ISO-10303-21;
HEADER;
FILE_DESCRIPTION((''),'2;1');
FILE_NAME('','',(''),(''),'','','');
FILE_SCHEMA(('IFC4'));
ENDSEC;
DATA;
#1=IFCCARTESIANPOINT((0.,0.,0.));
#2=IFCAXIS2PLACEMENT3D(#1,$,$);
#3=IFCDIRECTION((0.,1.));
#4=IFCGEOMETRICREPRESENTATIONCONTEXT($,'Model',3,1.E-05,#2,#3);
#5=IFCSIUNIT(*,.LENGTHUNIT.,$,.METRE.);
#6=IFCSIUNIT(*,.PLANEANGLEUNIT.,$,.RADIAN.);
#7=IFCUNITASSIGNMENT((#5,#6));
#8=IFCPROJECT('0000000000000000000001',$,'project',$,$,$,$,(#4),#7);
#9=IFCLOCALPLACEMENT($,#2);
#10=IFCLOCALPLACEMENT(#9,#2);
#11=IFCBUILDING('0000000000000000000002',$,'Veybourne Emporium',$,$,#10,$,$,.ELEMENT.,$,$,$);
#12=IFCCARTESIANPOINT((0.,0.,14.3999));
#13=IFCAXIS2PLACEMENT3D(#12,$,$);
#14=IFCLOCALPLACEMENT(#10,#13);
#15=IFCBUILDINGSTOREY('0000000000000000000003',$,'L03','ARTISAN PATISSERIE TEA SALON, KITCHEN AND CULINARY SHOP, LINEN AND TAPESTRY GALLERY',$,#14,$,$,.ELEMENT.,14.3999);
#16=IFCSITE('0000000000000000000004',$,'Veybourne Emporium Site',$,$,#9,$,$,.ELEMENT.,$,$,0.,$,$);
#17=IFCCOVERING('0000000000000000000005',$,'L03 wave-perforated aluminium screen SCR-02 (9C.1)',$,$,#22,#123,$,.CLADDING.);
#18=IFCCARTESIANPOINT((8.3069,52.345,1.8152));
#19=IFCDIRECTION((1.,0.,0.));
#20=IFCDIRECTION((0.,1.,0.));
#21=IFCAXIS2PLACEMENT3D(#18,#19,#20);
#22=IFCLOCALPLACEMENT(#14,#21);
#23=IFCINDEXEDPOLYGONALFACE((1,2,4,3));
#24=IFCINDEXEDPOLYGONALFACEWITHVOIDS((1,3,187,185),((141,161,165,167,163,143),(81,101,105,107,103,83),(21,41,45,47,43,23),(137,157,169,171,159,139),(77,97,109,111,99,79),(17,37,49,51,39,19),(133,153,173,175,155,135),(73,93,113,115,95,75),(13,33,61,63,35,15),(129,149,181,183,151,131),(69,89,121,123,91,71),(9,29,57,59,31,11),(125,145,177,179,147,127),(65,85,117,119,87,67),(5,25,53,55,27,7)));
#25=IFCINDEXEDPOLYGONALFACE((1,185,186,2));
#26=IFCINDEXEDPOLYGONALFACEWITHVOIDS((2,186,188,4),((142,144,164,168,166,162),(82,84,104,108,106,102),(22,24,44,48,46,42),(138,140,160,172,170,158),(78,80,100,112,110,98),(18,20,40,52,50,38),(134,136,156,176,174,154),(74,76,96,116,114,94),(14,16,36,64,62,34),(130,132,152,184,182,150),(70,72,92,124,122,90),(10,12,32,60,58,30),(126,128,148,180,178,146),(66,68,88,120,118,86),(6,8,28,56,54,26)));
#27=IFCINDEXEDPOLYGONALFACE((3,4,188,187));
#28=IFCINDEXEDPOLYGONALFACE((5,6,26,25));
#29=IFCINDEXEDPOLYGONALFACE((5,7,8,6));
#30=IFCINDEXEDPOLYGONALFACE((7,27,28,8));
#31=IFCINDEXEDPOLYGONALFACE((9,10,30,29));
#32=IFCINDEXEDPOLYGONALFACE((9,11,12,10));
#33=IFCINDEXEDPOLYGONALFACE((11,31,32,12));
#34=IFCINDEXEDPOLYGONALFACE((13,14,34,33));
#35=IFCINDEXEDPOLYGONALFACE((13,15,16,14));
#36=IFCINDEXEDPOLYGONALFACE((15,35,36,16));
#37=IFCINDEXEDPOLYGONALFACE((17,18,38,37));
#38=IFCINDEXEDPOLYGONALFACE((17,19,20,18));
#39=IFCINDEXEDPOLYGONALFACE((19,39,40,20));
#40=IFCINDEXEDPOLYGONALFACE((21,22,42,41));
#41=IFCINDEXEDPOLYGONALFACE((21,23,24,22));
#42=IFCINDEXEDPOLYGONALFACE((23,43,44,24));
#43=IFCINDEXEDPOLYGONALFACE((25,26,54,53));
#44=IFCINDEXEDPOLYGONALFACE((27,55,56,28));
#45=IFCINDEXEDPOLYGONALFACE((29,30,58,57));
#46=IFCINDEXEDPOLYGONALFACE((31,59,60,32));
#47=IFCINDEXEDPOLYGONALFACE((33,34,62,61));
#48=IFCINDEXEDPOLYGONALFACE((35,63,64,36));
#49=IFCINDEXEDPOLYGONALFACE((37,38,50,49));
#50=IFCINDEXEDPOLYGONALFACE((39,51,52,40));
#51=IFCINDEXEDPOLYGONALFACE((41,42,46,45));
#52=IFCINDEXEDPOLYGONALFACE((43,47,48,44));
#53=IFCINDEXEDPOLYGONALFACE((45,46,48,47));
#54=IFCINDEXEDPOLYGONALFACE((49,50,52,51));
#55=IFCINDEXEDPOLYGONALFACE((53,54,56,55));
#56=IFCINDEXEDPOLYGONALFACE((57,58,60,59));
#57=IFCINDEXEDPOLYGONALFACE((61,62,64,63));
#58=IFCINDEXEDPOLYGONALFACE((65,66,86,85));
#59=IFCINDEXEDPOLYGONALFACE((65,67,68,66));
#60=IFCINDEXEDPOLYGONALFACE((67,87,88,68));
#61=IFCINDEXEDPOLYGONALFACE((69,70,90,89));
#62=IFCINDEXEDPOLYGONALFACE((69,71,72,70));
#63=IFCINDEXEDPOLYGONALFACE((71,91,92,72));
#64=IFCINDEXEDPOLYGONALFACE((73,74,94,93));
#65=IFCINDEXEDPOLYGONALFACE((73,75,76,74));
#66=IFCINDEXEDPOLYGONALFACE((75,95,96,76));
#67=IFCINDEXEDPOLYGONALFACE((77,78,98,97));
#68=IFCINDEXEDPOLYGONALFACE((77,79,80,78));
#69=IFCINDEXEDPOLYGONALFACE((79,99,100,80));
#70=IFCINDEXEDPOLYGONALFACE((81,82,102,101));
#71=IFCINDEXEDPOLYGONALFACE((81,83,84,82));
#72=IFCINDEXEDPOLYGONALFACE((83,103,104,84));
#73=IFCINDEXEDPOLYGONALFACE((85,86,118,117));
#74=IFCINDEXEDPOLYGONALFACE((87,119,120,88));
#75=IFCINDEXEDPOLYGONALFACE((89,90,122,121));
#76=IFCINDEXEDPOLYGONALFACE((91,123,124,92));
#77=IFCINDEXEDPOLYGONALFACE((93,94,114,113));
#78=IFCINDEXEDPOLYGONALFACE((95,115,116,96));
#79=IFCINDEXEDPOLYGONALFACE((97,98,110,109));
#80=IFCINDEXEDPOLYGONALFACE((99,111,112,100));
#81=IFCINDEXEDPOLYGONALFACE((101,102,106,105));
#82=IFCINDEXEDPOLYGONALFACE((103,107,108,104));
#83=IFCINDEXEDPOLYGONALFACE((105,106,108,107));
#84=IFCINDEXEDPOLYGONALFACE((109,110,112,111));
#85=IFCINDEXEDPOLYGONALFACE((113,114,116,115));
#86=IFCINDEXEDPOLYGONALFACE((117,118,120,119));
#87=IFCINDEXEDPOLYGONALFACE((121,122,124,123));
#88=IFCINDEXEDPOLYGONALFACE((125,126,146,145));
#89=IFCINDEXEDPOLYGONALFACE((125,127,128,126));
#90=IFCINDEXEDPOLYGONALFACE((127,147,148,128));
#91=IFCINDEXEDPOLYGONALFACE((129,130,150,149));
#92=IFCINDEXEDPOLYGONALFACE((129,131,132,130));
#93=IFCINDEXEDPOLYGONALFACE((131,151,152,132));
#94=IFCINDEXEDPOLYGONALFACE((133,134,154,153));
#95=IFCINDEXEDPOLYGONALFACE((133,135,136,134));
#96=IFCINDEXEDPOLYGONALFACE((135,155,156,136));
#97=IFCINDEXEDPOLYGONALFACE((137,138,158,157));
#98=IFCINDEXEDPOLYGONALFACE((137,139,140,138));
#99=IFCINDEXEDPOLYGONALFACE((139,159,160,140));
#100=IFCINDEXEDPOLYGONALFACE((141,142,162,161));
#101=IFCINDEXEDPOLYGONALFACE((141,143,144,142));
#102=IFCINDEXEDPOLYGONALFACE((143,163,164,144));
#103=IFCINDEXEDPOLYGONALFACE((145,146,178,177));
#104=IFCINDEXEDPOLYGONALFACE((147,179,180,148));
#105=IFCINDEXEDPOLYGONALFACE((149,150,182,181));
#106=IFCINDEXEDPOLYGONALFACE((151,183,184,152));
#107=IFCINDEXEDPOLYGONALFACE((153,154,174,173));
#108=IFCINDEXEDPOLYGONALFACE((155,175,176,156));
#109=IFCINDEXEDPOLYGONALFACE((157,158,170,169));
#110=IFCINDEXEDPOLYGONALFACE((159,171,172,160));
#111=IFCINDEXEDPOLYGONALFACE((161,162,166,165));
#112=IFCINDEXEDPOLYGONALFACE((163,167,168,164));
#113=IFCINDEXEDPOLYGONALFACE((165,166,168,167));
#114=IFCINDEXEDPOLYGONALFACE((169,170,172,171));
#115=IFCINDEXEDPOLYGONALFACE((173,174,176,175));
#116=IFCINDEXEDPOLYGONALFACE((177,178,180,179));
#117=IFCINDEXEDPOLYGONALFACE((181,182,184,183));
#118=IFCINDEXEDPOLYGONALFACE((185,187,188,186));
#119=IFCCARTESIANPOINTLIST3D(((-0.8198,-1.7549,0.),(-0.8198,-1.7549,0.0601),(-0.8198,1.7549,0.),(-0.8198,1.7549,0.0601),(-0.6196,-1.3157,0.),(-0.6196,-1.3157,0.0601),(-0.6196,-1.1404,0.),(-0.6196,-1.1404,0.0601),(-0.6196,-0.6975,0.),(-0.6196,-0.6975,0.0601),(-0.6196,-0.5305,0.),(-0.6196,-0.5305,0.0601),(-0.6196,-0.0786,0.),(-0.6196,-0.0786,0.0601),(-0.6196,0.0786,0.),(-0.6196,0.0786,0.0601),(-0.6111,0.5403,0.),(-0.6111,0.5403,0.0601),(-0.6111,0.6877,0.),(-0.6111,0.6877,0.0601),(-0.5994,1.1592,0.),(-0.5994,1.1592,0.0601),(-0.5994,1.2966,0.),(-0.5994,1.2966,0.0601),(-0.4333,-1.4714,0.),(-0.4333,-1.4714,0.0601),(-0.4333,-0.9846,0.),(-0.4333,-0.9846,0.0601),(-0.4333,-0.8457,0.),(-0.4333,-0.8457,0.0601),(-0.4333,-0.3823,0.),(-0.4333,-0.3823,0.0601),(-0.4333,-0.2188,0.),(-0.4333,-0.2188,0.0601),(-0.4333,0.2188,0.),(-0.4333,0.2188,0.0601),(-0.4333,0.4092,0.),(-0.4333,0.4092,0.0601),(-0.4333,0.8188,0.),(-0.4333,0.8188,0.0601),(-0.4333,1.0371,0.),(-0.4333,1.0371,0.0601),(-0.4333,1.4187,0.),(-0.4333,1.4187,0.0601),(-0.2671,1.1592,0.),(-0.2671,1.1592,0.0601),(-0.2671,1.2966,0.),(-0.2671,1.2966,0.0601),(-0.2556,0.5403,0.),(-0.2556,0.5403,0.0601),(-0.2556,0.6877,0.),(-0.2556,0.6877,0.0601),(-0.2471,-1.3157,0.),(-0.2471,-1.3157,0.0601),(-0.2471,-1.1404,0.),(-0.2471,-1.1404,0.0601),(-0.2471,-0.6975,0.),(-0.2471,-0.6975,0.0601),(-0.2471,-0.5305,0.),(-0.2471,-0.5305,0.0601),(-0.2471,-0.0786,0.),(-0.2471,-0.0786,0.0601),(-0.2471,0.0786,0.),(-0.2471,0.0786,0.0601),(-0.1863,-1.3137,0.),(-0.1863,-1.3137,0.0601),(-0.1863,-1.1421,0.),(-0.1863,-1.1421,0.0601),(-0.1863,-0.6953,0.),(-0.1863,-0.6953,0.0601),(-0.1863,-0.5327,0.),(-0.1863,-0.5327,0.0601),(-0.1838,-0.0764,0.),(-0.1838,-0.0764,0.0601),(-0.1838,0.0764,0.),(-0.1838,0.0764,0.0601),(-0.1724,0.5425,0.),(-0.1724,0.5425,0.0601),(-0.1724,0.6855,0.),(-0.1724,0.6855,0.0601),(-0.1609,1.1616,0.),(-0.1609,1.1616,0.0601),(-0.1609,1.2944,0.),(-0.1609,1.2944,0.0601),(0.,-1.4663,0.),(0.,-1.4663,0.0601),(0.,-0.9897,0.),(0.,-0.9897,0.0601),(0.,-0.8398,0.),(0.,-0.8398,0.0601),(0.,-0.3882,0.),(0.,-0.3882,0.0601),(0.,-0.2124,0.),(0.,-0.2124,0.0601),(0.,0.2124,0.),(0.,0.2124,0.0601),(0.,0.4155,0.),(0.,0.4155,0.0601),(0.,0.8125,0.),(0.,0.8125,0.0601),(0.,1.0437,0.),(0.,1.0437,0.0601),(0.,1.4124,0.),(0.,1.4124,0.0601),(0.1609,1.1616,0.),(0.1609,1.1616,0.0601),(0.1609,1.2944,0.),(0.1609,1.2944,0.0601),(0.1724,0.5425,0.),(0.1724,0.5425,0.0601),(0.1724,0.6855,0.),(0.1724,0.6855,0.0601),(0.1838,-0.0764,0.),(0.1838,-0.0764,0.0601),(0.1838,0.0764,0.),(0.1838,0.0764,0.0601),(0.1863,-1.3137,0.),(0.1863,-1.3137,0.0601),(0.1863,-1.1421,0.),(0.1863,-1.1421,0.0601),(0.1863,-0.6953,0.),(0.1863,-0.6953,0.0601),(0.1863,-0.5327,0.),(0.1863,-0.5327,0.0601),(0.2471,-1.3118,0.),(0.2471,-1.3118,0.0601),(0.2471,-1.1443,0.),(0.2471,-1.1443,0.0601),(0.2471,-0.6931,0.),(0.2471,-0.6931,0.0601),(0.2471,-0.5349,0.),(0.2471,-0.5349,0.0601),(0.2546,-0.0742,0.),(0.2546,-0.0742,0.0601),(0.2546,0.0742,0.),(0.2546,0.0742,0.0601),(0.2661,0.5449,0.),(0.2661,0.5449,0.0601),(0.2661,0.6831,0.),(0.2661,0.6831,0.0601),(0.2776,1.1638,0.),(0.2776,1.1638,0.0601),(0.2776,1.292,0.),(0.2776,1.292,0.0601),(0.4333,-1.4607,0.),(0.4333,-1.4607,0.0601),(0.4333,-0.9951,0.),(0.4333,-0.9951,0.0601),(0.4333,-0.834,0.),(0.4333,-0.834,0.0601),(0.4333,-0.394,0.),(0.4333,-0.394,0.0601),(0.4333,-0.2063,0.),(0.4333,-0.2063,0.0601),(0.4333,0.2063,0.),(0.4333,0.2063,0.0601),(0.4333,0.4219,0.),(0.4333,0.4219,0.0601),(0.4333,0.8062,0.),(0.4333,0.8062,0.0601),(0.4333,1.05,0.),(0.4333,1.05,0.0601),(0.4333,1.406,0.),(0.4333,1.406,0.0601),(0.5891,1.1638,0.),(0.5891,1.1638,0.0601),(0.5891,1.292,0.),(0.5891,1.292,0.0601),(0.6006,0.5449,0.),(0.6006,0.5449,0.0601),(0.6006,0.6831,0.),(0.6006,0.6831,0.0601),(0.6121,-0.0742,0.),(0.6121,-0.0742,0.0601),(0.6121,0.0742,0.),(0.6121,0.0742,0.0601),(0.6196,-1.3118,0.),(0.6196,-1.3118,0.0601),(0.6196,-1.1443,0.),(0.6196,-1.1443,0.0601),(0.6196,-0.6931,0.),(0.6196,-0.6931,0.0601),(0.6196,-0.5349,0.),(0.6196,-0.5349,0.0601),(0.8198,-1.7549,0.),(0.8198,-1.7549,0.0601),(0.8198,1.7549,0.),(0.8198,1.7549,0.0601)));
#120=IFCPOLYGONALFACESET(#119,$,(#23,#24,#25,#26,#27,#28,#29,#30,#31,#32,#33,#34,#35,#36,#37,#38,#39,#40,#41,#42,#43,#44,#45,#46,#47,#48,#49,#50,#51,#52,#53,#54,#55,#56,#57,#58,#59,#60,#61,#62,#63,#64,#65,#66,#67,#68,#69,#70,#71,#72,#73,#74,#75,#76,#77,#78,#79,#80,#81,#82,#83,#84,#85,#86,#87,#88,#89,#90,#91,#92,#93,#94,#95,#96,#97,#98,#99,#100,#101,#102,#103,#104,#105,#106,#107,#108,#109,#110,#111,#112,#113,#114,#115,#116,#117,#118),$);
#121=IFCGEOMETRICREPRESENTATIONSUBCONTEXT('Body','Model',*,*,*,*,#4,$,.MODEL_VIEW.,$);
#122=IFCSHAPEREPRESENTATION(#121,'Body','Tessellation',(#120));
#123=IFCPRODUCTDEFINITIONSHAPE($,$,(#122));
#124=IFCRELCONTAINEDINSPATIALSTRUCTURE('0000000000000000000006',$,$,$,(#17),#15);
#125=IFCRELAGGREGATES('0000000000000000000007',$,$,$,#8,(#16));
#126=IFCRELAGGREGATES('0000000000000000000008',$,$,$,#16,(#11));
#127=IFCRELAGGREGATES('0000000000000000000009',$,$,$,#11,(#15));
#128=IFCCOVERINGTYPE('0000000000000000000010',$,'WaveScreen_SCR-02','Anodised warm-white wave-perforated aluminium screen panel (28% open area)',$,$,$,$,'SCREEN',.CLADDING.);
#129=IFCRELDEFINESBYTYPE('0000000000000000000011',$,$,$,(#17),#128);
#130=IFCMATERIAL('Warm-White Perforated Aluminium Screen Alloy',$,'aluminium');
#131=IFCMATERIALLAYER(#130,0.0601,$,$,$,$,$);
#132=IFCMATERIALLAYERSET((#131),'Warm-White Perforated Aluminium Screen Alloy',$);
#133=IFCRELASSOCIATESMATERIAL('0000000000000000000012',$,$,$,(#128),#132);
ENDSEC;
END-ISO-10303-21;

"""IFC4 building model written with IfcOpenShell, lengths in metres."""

from ifc_helpers import new_model, si_unit, direction, frame, origin, place, context, subcontext, project, spatial, polyline, outline, extrude, material, layer, layer_set, type_object, element, save


model = new_model("IFC4")

# Units and contexts
model_context = context("Model", 3, precision=1e-05, world=origin(), true_north=direction((0.0, 1.0)))
body_context = subcontext(model_context, "Body", "Model", "MODEL_VIEW")
ifc_project = project(units=[si_unit("LENGTHUNIT", "METRE"), si_unit("PLANEANGLEUNIT", "RADIAN")], contexts=[model_context])

# Site, building, storey
site_placement = place(None, origin())
site = spatial("IfcSite", under=ifc_project, at=site_placement, Name="Veybourne Emporium Site", CompositionType="ELEMENT", RefElevation=0.0)
building_placement = place(site_placement, origin())
building = spatial("IfcBuilding", under=site, at=building_placement, Name="Veybourne Emporium", CompositionType="ELEMENT")
storey_placement = place(building_placement, frame((0.0, 0.0, 14.3999)))
storey = spatial("IfcBuildingStorey", under=building, at=storey_placement, Name="L03", Description="ARTISAN PATISSERIE TEA SALON, KITCHEN AND CULINARY SHOP, LINEN AND TAPESTRY GALLERY", CompositionType="ELEMENT", Elevation=14.3999)

# Covering
ifc_material_1 = material(Name="Warm-White Perforated Aluminium Screen Alloy", Category="aluminium")
ifc_layer_1 = layer(ifc_material_1, 0.0601)
ifc_layer_set_1 = layer_set([ifc_layer_1], Name="Warm-White Perforated Aluminium Screen Alloy")
covering_type_1 = type_object("IfcCoveringType", Name="WaveScreen_SCR-02", Description="Anodised warm-white wave-perforated aluminium screen panel (28% open area)", ElementType="SCREEN", PredefinedType="CLADDING", material=ifc_layer_set_1)
covering_1_placement = place(storey_placement, frame((8.3069, 52.345, 1.8152), z_axis=(1.0, 0.0, 0.0), x_axis=(0.0, 1.0, 0.0)))
element("IfcCovering", 1, at=covering_1_placement, inside=storey, type_object=covering_type_1, Name="L03 wave-perforated aluminium screen SCR-02 (9C.1)", PredefinedType="CLADDING", context=body_context, shape_type="SweptSolid", body=[
    extrude(outline(polyline([(-0.8198, -1.7549), (0.8198, -1.7549), (0.8198, 1.7549), (-0.8198, 1.7549), (-0.8198, -1.7549)]), holes=[polyline([(-0.4333, -0.9846), (-0.2471, -1.1404), (-0.2471, -1.3157), (-0.4333, -1.4714), (-0.6196, -1.3157), (-0.6196, -1.1404), (-0.4333, -0.9846)]), polyline([(-0.4333, -0.3823), (-0.2471, -0.5305), (-0.2471, -0.6975), (-0.4333, -0.8457), (-0.6196, -0.6975), (-0.6196, -0.5305), (-0.4333, -0.3823)]), polyline([(-0.4333, 0.2188), (-0.2471, 0.0786), (-0.2471, -0.0786), (-0.4333, -0.2188), (-0.6196, -0.0786), (-0.6196, 0.0786), (-0.4333, 0.2188)]), polyline([(-0.4333, 0.8188), (-0.2556, 0.6877), (-0.2556, 0.5403), (-0.4333, 0.4092), (-0.6111, 0.5403), (-0.6111, 0.6877), (-0.4333, 0.8188)]), polyline([(-0.4333, 1.4187), (-0.2671, 1.2966), (-0.2671, 1.1592), (-0.4333, 1.0371), (-0.5994, 1.1592), (-0.5994, 1.2966), (-0.4333, 1.4187)]), polyline([(0.0, -0.9897), (0.1863, -1.1421), (0.1863, -1.3137), (0.0, -1.4663), (-0.1863, -1.3137), (-0.1863, -1.1421), (0.0, -0.9897)]), polyline([(0.0, -0.3882), (0.1863, -0.5327), (0.1863, -0.6953), (0.0, -0.8398), (-0.1863, -0.6953), (-0.1863, -0.5327), (0.0, -0.3882)]), polyline([(0.0, 0.2124), (0.1838, 0.0764), (0.1838, -0.0764), (0.0, -0.2124), (-0.1838, -0.0764), (-0.1838, 0.0764), (0.0, 0.2124)]), polyline([(0.0, 0.8125), (0.1724, 0.6855), (0.1724, 0.5425), (0.0, 0.4155), (-0.1724, 0.5425), (-0.1724, 0.6855), (0.0, 0.8125)]), polyline([(0.0, 1.4124), (0.1609, 1.2944), (0.1609, 1.1616), (0.0, 1.0437), (-0.1609, 1.1616), (-0.1609, 1.2944), (0.0, 1.4124)]), polyline([(0.4333, -0.9951), (0.6196, -1.1443), (0.6196, -1.3118), (0.4333, -1.4607), (0.2471, -1.3118), (0.2471, -1.1443), (0.4333, -0.9951)]), polyline([(0.4333, -0.394), (0.6196, -0.5349), (0.6196, -0.6931), (0.4333, -0.834), (0.2471, -0.6931), (0.2471, -0.5349), (0.4333, -0.394)]), polyline([(0.4333, 0.2063), (0.6121, 0.0742), (0.6121, -0.0742), (0.4333, -0.2063), (0.2546, -0.0742), (0.2546, 0.0742), (0.4333, 0.2063)]), polyline([(0.4333, 0.8062), (0.6006, 0.6831), (0.6006, 0.5449), (0.4333, 0.4219), (0.2661, 0.5449), (0.2661, 0.6831), (0.4333, 0.8062)]), polyline([(0.4333, 1.406), (0.5891, 1.292), (0.5891, 1.1638), (0.4333, 1.05), (0.2776, 1.1638), (0.2776, 1.292), (0.4333, 1.406)])]), origin(), (0.0, 0.0, 1.0), 0.0601),
])

save(model, "model.ifc")
